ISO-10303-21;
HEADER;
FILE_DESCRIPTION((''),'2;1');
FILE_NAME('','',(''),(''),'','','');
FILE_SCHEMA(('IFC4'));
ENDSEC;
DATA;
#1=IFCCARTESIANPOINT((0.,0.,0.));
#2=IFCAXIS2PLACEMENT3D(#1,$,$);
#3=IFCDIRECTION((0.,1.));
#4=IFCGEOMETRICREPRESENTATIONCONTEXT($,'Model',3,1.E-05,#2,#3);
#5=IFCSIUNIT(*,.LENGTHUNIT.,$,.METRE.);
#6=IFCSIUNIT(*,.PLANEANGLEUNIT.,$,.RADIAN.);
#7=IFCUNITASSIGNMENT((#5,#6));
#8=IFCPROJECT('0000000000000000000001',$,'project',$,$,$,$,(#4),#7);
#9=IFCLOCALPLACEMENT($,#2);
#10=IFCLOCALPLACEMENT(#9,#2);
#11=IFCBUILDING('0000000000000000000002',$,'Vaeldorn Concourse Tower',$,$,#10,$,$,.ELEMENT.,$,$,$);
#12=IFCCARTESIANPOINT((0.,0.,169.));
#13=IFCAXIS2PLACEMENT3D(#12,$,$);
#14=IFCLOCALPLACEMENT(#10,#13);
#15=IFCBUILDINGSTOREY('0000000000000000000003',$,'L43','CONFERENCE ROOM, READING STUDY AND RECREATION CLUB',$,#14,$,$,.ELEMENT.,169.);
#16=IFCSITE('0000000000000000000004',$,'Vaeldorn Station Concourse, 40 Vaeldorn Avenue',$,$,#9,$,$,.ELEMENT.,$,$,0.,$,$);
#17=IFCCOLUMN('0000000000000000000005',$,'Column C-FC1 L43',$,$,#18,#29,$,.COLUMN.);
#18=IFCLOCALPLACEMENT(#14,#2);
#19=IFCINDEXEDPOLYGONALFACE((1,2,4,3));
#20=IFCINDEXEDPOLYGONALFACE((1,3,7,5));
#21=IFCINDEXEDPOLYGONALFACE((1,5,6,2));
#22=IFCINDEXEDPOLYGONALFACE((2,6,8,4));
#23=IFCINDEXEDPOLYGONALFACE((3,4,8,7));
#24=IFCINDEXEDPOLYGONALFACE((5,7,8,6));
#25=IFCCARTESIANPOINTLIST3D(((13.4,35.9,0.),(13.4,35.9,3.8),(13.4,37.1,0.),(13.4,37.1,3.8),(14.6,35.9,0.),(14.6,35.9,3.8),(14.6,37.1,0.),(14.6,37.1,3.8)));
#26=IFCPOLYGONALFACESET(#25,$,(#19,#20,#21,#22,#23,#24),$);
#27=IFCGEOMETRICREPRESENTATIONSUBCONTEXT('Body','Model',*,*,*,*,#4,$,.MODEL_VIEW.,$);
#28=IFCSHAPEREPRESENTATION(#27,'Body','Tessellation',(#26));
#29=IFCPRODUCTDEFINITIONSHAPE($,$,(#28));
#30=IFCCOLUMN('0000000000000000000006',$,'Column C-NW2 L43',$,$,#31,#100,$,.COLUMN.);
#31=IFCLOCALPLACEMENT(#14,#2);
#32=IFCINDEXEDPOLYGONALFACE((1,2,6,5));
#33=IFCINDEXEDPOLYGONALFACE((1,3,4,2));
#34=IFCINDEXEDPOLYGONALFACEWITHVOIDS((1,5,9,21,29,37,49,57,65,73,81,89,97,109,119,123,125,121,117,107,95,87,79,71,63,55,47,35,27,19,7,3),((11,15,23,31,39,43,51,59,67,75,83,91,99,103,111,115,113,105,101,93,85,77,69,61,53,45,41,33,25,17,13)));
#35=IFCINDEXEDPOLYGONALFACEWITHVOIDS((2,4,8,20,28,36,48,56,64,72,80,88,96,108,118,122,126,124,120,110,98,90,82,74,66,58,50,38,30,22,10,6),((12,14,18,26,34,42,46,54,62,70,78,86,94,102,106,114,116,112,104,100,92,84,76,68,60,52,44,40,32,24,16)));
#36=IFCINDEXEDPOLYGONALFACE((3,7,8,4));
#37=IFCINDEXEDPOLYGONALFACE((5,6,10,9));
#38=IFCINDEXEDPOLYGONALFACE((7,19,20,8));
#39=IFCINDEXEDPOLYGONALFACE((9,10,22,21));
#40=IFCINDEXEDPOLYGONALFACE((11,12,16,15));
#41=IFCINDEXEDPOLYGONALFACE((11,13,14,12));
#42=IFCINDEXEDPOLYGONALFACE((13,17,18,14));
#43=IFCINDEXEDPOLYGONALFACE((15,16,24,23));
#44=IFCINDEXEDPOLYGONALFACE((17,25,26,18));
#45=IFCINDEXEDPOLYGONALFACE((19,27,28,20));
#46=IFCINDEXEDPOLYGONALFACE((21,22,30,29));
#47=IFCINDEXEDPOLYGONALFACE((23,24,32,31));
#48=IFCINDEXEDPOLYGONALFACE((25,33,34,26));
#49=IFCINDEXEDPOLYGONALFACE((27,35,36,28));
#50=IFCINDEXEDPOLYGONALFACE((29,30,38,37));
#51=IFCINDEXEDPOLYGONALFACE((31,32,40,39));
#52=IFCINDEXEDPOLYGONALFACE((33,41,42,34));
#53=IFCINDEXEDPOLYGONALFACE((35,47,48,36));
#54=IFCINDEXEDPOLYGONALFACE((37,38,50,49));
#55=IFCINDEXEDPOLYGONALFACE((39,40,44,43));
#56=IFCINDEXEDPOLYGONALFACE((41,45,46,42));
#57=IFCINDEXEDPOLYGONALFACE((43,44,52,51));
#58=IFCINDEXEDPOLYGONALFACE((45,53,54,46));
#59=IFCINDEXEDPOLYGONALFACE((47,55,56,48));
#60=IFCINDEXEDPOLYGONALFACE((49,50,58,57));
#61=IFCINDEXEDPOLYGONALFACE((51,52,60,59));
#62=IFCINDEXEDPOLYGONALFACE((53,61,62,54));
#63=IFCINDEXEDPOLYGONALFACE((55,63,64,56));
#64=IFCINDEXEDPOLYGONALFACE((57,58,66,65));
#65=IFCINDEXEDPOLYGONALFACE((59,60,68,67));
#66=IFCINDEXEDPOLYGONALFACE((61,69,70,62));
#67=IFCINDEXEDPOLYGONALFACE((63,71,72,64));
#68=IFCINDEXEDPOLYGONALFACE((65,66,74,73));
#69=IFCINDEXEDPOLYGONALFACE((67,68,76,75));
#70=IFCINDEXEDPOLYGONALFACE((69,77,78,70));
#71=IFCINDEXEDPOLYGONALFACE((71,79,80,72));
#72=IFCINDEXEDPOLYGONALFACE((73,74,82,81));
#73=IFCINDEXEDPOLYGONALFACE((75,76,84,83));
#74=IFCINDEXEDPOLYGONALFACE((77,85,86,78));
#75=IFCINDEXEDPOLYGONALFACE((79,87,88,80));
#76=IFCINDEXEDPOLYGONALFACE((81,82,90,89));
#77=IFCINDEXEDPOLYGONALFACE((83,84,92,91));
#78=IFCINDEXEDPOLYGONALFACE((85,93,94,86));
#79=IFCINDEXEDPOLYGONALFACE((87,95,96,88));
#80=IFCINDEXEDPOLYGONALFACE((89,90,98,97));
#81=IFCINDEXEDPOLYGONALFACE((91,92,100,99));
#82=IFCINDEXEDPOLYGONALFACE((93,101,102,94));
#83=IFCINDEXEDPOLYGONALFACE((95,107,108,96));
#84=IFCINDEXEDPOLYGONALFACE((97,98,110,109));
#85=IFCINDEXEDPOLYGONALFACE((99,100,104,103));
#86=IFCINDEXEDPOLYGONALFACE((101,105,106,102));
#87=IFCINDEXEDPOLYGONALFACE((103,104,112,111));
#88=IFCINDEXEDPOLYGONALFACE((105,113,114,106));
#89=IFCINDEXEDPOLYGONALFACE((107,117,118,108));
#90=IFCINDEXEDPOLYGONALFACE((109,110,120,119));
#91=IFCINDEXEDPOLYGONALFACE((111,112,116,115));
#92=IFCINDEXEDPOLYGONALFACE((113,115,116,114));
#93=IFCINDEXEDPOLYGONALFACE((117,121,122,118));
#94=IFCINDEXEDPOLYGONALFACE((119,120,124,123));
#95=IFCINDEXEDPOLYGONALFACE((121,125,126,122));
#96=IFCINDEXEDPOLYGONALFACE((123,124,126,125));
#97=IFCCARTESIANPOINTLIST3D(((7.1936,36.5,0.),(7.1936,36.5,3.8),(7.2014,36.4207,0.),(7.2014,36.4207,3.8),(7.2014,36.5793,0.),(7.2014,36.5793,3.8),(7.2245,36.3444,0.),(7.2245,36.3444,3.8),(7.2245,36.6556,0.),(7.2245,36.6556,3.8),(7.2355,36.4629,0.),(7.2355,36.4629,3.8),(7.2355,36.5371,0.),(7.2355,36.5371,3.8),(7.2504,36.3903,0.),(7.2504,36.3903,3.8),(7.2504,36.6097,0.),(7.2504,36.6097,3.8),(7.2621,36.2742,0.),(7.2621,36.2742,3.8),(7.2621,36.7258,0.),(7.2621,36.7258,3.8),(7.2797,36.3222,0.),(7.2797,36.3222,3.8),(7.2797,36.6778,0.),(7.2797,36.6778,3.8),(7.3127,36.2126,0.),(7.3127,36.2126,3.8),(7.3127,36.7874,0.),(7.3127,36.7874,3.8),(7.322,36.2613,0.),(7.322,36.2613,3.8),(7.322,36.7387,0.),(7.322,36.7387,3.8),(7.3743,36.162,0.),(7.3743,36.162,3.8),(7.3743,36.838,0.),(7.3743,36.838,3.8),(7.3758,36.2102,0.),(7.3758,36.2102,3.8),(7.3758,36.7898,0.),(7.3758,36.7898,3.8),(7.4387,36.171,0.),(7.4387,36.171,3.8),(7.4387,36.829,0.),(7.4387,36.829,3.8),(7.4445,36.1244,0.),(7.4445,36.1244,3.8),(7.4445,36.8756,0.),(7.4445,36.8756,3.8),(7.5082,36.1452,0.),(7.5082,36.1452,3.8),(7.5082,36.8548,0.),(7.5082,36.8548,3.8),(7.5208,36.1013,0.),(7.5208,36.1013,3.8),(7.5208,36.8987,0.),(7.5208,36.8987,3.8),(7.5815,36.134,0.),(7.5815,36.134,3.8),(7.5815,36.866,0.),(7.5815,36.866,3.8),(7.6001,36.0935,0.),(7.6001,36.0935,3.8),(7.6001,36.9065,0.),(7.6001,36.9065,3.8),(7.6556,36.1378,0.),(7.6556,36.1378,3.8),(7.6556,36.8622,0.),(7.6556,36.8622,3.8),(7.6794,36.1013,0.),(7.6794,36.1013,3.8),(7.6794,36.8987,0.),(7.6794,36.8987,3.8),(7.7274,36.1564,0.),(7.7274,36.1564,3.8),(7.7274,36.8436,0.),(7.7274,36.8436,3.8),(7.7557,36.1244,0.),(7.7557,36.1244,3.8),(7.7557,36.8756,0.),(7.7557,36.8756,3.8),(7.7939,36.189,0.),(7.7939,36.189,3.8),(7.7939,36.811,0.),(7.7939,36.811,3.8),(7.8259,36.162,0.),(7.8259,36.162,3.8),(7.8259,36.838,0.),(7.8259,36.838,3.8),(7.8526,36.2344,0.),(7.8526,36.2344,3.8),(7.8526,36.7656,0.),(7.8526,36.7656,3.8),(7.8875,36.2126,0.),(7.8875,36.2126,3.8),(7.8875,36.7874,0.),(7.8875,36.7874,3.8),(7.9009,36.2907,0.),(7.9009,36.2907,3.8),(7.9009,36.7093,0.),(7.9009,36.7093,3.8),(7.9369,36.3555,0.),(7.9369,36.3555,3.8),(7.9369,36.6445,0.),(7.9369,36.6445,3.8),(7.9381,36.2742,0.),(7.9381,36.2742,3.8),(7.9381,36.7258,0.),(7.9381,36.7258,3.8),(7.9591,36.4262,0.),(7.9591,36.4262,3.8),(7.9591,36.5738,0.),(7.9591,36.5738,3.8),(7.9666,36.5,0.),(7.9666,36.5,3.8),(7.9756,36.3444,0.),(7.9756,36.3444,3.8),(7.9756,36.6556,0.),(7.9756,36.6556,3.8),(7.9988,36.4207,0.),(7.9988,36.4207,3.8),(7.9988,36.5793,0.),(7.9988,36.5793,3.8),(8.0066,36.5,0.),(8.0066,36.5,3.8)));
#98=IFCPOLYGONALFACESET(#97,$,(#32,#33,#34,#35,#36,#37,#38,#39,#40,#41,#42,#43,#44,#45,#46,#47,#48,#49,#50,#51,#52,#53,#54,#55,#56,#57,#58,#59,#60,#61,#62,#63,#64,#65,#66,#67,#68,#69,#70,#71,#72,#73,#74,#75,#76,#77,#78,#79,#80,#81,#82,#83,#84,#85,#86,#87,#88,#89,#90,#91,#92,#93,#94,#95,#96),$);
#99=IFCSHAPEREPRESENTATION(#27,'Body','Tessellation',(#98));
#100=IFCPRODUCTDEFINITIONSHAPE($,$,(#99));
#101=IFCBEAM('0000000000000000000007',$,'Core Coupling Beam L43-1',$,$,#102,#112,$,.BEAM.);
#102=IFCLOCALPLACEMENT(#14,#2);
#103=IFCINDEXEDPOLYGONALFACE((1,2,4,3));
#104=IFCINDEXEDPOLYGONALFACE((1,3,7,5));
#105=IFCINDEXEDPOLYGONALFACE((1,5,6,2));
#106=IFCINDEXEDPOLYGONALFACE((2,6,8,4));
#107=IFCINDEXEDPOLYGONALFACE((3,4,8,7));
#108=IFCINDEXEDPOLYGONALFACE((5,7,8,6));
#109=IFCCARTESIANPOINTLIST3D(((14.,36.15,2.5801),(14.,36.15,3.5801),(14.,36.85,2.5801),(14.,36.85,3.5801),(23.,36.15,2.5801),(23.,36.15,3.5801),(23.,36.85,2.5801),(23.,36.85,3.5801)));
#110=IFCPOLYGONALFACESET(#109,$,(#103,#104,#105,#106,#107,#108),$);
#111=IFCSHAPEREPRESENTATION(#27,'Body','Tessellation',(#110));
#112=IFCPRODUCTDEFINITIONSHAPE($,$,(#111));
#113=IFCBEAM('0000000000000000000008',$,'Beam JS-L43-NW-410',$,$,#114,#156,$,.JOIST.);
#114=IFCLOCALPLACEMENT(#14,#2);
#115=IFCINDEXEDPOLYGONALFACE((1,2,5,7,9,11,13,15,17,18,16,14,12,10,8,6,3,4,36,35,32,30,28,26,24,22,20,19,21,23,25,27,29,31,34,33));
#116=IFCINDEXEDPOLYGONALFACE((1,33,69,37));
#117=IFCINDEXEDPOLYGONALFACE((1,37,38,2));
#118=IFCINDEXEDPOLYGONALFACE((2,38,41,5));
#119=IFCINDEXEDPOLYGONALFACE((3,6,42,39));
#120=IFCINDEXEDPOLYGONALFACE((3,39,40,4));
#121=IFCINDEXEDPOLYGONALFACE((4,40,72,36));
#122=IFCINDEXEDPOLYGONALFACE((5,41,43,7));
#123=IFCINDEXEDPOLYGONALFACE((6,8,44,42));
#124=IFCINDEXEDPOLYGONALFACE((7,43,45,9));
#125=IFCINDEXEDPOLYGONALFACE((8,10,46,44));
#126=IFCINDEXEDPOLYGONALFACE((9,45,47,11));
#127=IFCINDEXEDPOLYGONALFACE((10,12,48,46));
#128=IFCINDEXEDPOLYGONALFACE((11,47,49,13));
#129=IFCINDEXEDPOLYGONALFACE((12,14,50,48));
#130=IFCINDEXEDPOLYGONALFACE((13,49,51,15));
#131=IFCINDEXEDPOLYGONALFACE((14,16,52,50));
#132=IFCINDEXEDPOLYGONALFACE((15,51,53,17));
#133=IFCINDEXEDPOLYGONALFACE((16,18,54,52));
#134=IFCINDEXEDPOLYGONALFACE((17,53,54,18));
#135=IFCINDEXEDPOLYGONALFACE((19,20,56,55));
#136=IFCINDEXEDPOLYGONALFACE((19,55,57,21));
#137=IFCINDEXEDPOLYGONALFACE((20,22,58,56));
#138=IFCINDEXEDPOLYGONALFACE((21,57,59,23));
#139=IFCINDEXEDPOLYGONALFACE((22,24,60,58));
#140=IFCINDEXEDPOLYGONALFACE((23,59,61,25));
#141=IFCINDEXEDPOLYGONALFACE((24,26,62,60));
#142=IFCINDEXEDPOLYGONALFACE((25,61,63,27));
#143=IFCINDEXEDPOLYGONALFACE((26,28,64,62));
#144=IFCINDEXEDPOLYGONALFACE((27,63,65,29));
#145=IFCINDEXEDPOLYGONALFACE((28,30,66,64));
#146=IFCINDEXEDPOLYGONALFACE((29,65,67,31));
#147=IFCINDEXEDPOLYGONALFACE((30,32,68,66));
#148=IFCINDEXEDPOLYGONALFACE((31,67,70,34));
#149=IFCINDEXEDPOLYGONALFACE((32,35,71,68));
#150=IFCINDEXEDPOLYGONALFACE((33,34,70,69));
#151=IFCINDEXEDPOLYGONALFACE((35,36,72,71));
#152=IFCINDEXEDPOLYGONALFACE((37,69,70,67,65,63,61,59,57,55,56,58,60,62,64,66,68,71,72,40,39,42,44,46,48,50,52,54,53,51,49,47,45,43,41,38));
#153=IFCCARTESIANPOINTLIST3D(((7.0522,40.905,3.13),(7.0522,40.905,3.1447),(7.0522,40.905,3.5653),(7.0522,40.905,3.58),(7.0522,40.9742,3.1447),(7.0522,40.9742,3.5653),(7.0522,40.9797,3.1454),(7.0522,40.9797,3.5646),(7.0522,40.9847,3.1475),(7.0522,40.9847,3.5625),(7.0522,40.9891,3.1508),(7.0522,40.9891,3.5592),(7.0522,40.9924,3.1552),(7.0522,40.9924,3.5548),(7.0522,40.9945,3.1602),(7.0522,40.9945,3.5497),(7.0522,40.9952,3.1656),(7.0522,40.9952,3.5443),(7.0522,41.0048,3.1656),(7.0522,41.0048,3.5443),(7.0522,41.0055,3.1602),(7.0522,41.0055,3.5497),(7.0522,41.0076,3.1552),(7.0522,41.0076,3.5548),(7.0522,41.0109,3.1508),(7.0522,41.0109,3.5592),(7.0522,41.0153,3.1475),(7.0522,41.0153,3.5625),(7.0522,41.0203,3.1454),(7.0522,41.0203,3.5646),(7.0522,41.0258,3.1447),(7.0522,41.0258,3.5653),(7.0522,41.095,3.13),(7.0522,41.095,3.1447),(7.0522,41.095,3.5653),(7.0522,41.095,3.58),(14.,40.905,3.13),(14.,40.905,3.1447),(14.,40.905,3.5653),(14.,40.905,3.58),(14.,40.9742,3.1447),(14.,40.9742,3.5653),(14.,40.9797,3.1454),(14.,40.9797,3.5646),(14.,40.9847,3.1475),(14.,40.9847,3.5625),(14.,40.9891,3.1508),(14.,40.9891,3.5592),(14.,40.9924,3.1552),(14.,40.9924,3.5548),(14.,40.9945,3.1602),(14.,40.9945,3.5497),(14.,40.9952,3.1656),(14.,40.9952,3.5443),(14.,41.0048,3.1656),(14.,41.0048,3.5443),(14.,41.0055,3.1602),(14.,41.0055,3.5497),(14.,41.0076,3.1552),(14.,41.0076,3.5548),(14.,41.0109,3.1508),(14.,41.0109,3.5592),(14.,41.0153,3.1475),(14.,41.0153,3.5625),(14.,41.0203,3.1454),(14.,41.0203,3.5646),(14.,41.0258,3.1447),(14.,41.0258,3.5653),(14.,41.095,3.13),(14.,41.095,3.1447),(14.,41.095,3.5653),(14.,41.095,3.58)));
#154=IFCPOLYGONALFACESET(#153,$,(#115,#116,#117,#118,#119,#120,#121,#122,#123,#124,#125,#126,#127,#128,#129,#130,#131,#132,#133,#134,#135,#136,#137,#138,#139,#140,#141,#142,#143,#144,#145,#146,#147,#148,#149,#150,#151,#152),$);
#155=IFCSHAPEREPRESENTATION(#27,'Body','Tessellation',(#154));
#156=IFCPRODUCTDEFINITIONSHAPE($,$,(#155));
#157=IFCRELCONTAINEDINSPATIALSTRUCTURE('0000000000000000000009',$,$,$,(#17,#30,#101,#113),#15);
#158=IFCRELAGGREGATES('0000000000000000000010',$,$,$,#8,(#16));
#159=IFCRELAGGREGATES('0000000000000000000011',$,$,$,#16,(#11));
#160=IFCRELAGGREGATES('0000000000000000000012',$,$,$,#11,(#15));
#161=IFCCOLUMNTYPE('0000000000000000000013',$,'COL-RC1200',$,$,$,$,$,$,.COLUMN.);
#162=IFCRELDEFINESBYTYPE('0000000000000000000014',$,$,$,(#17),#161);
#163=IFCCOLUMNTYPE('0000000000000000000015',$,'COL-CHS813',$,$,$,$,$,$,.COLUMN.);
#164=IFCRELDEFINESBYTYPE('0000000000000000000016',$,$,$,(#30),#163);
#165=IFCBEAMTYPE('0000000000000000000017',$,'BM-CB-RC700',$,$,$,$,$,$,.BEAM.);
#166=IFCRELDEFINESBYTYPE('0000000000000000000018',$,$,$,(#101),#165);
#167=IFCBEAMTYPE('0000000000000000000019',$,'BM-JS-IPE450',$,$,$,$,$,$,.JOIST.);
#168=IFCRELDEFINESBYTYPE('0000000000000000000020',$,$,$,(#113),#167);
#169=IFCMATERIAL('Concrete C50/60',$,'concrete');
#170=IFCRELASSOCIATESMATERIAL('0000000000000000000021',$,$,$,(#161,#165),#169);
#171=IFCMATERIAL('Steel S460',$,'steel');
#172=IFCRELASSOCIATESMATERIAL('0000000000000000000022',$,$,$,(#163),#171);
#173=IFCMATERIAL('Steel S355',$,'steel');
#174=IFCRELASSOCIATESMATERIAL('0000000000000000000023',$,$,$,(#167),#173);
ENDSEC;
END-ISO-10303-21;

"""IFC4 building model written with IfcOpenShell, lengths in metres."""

from ifc_helpers import new_model, si_unit, direction, frame, origin, origin_2d, place, context, subcontext, project, spatial, rectangle, hollow_circle, i_section, extrude, source, transform, mapped, material, material_profile, profile_set, type_object, element, save


model = new_model("IFC4")

# Units and contexts
model_context = context("Model", 3, precision=1e-05, world=origin(), true_north=direction((0.0, 1.0)))
body_context = subcontext(model_context, "Body", "Model", "MODEL_VIEW")
ifc_project = project(units=[si_unit("LENGTHUNIT", "METRE"), si_unit("PLANEANGLEUNIT", "RADIAN")], contexts=[model_context])

# Site, building, storey
site_placement = place(None, origin())
site = spatial("IfcSite", under=ifc_project, at=site_placement, Name="Vaeldorn Station Concourse, 40 Vaeldorn Avenue", CompositionType="ELEMENT", RefElevation=0.0)
building_placement = place(site_placement, origin())
building = spatial("IfcBuilding", under=site, at=building_placement, Name="Vaeldorn Concourse Tower", CompositionType="ELEMENT")
storey_placement = place(building_placement, frame((0.0, 0.0, 169.0)))
storey = spatial("IfcBuildingStorey", under=building, at=storey_placement, Name="L43", Description="CONFERENCE ROOM, READING STUDY AND RECREATION CLUB", CompositionType="ELEMENT", Elevation=169.0)

# Columns
ifc_material_1 = material(Name="Concrete C50/60", Category="concrete")
ifc_material_profile_1 = material_profile(ifc_material_1, rectangle(XDim=1.2, YDim=1.2, at=origin_2d()), Name="RC 1200x1200")
ifc_profile_set_1 = profile_set([ifc_material_profile_1], Name="Concrete C50/60")
column_type_1 = type_object("IfcColumnType", Name="COL-RC1200", PredefinedType="COLUMN", material=ifc_profile_set_1)
shared_shape_1 = source(origin(), body_context, "Body", "SweptSolid", [
    extrude(rectangle(XDim=1.2, YDim=1.2, at=origin_2d()), origin(), (0.0, 0.0, 1.0), 3.8),
])
column_1_placement = place(storey_placement, frame((14.0, 36.5, 0.0), z_axis=(0.0, 0.0, 1.0), x_axis=(1.0, 0.0, 0.0)))
element("IfcColumn", 1, at=column_1_placement, inside=storey, type_object=column_type_1, Name="Column C-FC1 L43", PredefinedType="COLUMN", context=body_context, shape_type="MappedRepresentation", body=[
    mapped(shared_shape_1, transform((0.0, 0.0, 0.0), scale=1.0)),
])
ifc_material_2 = material(Name="Steel S460", Category="steel")
ifc_material_profile_2 = material_profile(ifc_material_2, hollow_circle(Radius=0.4065, WallThickness=0.04, at=origin_2d()), Name="CHS 813x40")
ifc_profile_set_2 = profile_set([ifc_material_profile_2], Name="Steel S460")
column_type_2 = type_object("IfcColumnType", Name="COL-CHS813", PredefinedType="COLUMN", material=ifc_profile_set_2)
shared_shape_2 = source(origin(), body_context, "Body", "SweptSolid", [
    extrude(hollow_circle(Radius=0.4065, WallThickness=0.04, at=origin_2d()), origin(), (0.0, 0.0, 1.0), 3.8),
])
column_2_placement = place(storey_placement, frame((7.6001, 36.5, 0.0), z_axis=(0.0, 0.0, 1.0), x_axis=(1.0, 0.0, 0.0)))
element("IfcColumn", 2, at=column_2_placement, inside=storey, type_object=column_type_2, Name="Column C-NW2 L43", PredefinedType="COLUMN", context=body_context, shape_type="MappedRepresentation", body=[
    mapped(shared_shape_2, transform((0.0, 0.0, 0.0), scale=1.0)),
])

# Beams
ifc_material_profile_3 = material_profile(ifc_material_1, rectangle(XDim=0.7, YDim=1.0, at=origin_2d()), Name="RC 700x1000")
ifc_profile_set_3 = profile_set([ifc_material_profile_3], Name="Concrete C50/60")
beam_type_1 = type_object("IfcBeamType", Name="BM-CB-RC700", PredefinedType="BEAM", material=ifc_profile_set_3)
shared_shape_3 = source(origin(), body_context, "Body", "SweptSolid", [
    extrude(rectangle(XDim=0.7, YDim=1.0, at=origin_2d()), origin(), (0.0, 0.0, 1.0), 9.0),
])
beam_1_placement = place(storey_placement, frame((14.0, 36.5, 3.0801), z_axis=(1.0, 0.0, 0.0), x_axis=(0.0, 1.0, 0.0)))
element("IfcBeam", 3, at=beam_1_placement, inside=storey, type_object=beam_type_1, Name="Core Coupling Beam L43-1", PredefinedType="BEAM", context=body_context, shape_type="MappedRepresentation", body=[
    mapped(shared_shape_3, transform((0.0, 0.0, 0.0), scale=1.0)),
])
ifc_material_3 = material(Name="Steel S355", Category="steel")
ifc_material_profile_4 = material_profile(ifc_material_3, i_section(OverallWidth=0.1899, OverallDepth=0.45, WebThickness=0.0095, FlangeThickness=0.0146, FilletRadius=0.021, at=origin_2d()), Name="IPE 450")
ifc_profile_set_4 = profile_set([ifc_material_profile_4], Name="Steel S355")
beam_type_2 = type_object("IfcBeamType", Name="BM-JS-IPE450", PredefinedType="JOIST", material=ifc_profile_set_4)
shared_shape_4 = source(origin(), body_context, "Body", "SweptSolid", [
    extrude(i_section(OverallWidth=0.1899, OverallDepth=0.45, WebThickness=0.0095, FlangeThickness=0.0146, FilletRadius=0.021, at=origin_2d()), origin(), (0.0, 0.0, 1.0), 6.9478),
])
beam_2_placement = place(storey_placement, frame((7.0522, 41.0, 3.355), z_axis=(1.0, 0.0, 0.0), x_axis=(0.0, 1.0, 0.0)))
element("IfcBeam", 4, at=beam_2_placement, inside=storey, type_object=beam_type_2, Name="Beam JS-L43-NW-410", PredefinedType="JOIST", context=body_context, shape_type="MappedRepresentation", body=[
    mapped(shared_shape_4, transform((0.0, 0.0, 0.0), scale=1.0)),
])

save(model, "model.ifc")
